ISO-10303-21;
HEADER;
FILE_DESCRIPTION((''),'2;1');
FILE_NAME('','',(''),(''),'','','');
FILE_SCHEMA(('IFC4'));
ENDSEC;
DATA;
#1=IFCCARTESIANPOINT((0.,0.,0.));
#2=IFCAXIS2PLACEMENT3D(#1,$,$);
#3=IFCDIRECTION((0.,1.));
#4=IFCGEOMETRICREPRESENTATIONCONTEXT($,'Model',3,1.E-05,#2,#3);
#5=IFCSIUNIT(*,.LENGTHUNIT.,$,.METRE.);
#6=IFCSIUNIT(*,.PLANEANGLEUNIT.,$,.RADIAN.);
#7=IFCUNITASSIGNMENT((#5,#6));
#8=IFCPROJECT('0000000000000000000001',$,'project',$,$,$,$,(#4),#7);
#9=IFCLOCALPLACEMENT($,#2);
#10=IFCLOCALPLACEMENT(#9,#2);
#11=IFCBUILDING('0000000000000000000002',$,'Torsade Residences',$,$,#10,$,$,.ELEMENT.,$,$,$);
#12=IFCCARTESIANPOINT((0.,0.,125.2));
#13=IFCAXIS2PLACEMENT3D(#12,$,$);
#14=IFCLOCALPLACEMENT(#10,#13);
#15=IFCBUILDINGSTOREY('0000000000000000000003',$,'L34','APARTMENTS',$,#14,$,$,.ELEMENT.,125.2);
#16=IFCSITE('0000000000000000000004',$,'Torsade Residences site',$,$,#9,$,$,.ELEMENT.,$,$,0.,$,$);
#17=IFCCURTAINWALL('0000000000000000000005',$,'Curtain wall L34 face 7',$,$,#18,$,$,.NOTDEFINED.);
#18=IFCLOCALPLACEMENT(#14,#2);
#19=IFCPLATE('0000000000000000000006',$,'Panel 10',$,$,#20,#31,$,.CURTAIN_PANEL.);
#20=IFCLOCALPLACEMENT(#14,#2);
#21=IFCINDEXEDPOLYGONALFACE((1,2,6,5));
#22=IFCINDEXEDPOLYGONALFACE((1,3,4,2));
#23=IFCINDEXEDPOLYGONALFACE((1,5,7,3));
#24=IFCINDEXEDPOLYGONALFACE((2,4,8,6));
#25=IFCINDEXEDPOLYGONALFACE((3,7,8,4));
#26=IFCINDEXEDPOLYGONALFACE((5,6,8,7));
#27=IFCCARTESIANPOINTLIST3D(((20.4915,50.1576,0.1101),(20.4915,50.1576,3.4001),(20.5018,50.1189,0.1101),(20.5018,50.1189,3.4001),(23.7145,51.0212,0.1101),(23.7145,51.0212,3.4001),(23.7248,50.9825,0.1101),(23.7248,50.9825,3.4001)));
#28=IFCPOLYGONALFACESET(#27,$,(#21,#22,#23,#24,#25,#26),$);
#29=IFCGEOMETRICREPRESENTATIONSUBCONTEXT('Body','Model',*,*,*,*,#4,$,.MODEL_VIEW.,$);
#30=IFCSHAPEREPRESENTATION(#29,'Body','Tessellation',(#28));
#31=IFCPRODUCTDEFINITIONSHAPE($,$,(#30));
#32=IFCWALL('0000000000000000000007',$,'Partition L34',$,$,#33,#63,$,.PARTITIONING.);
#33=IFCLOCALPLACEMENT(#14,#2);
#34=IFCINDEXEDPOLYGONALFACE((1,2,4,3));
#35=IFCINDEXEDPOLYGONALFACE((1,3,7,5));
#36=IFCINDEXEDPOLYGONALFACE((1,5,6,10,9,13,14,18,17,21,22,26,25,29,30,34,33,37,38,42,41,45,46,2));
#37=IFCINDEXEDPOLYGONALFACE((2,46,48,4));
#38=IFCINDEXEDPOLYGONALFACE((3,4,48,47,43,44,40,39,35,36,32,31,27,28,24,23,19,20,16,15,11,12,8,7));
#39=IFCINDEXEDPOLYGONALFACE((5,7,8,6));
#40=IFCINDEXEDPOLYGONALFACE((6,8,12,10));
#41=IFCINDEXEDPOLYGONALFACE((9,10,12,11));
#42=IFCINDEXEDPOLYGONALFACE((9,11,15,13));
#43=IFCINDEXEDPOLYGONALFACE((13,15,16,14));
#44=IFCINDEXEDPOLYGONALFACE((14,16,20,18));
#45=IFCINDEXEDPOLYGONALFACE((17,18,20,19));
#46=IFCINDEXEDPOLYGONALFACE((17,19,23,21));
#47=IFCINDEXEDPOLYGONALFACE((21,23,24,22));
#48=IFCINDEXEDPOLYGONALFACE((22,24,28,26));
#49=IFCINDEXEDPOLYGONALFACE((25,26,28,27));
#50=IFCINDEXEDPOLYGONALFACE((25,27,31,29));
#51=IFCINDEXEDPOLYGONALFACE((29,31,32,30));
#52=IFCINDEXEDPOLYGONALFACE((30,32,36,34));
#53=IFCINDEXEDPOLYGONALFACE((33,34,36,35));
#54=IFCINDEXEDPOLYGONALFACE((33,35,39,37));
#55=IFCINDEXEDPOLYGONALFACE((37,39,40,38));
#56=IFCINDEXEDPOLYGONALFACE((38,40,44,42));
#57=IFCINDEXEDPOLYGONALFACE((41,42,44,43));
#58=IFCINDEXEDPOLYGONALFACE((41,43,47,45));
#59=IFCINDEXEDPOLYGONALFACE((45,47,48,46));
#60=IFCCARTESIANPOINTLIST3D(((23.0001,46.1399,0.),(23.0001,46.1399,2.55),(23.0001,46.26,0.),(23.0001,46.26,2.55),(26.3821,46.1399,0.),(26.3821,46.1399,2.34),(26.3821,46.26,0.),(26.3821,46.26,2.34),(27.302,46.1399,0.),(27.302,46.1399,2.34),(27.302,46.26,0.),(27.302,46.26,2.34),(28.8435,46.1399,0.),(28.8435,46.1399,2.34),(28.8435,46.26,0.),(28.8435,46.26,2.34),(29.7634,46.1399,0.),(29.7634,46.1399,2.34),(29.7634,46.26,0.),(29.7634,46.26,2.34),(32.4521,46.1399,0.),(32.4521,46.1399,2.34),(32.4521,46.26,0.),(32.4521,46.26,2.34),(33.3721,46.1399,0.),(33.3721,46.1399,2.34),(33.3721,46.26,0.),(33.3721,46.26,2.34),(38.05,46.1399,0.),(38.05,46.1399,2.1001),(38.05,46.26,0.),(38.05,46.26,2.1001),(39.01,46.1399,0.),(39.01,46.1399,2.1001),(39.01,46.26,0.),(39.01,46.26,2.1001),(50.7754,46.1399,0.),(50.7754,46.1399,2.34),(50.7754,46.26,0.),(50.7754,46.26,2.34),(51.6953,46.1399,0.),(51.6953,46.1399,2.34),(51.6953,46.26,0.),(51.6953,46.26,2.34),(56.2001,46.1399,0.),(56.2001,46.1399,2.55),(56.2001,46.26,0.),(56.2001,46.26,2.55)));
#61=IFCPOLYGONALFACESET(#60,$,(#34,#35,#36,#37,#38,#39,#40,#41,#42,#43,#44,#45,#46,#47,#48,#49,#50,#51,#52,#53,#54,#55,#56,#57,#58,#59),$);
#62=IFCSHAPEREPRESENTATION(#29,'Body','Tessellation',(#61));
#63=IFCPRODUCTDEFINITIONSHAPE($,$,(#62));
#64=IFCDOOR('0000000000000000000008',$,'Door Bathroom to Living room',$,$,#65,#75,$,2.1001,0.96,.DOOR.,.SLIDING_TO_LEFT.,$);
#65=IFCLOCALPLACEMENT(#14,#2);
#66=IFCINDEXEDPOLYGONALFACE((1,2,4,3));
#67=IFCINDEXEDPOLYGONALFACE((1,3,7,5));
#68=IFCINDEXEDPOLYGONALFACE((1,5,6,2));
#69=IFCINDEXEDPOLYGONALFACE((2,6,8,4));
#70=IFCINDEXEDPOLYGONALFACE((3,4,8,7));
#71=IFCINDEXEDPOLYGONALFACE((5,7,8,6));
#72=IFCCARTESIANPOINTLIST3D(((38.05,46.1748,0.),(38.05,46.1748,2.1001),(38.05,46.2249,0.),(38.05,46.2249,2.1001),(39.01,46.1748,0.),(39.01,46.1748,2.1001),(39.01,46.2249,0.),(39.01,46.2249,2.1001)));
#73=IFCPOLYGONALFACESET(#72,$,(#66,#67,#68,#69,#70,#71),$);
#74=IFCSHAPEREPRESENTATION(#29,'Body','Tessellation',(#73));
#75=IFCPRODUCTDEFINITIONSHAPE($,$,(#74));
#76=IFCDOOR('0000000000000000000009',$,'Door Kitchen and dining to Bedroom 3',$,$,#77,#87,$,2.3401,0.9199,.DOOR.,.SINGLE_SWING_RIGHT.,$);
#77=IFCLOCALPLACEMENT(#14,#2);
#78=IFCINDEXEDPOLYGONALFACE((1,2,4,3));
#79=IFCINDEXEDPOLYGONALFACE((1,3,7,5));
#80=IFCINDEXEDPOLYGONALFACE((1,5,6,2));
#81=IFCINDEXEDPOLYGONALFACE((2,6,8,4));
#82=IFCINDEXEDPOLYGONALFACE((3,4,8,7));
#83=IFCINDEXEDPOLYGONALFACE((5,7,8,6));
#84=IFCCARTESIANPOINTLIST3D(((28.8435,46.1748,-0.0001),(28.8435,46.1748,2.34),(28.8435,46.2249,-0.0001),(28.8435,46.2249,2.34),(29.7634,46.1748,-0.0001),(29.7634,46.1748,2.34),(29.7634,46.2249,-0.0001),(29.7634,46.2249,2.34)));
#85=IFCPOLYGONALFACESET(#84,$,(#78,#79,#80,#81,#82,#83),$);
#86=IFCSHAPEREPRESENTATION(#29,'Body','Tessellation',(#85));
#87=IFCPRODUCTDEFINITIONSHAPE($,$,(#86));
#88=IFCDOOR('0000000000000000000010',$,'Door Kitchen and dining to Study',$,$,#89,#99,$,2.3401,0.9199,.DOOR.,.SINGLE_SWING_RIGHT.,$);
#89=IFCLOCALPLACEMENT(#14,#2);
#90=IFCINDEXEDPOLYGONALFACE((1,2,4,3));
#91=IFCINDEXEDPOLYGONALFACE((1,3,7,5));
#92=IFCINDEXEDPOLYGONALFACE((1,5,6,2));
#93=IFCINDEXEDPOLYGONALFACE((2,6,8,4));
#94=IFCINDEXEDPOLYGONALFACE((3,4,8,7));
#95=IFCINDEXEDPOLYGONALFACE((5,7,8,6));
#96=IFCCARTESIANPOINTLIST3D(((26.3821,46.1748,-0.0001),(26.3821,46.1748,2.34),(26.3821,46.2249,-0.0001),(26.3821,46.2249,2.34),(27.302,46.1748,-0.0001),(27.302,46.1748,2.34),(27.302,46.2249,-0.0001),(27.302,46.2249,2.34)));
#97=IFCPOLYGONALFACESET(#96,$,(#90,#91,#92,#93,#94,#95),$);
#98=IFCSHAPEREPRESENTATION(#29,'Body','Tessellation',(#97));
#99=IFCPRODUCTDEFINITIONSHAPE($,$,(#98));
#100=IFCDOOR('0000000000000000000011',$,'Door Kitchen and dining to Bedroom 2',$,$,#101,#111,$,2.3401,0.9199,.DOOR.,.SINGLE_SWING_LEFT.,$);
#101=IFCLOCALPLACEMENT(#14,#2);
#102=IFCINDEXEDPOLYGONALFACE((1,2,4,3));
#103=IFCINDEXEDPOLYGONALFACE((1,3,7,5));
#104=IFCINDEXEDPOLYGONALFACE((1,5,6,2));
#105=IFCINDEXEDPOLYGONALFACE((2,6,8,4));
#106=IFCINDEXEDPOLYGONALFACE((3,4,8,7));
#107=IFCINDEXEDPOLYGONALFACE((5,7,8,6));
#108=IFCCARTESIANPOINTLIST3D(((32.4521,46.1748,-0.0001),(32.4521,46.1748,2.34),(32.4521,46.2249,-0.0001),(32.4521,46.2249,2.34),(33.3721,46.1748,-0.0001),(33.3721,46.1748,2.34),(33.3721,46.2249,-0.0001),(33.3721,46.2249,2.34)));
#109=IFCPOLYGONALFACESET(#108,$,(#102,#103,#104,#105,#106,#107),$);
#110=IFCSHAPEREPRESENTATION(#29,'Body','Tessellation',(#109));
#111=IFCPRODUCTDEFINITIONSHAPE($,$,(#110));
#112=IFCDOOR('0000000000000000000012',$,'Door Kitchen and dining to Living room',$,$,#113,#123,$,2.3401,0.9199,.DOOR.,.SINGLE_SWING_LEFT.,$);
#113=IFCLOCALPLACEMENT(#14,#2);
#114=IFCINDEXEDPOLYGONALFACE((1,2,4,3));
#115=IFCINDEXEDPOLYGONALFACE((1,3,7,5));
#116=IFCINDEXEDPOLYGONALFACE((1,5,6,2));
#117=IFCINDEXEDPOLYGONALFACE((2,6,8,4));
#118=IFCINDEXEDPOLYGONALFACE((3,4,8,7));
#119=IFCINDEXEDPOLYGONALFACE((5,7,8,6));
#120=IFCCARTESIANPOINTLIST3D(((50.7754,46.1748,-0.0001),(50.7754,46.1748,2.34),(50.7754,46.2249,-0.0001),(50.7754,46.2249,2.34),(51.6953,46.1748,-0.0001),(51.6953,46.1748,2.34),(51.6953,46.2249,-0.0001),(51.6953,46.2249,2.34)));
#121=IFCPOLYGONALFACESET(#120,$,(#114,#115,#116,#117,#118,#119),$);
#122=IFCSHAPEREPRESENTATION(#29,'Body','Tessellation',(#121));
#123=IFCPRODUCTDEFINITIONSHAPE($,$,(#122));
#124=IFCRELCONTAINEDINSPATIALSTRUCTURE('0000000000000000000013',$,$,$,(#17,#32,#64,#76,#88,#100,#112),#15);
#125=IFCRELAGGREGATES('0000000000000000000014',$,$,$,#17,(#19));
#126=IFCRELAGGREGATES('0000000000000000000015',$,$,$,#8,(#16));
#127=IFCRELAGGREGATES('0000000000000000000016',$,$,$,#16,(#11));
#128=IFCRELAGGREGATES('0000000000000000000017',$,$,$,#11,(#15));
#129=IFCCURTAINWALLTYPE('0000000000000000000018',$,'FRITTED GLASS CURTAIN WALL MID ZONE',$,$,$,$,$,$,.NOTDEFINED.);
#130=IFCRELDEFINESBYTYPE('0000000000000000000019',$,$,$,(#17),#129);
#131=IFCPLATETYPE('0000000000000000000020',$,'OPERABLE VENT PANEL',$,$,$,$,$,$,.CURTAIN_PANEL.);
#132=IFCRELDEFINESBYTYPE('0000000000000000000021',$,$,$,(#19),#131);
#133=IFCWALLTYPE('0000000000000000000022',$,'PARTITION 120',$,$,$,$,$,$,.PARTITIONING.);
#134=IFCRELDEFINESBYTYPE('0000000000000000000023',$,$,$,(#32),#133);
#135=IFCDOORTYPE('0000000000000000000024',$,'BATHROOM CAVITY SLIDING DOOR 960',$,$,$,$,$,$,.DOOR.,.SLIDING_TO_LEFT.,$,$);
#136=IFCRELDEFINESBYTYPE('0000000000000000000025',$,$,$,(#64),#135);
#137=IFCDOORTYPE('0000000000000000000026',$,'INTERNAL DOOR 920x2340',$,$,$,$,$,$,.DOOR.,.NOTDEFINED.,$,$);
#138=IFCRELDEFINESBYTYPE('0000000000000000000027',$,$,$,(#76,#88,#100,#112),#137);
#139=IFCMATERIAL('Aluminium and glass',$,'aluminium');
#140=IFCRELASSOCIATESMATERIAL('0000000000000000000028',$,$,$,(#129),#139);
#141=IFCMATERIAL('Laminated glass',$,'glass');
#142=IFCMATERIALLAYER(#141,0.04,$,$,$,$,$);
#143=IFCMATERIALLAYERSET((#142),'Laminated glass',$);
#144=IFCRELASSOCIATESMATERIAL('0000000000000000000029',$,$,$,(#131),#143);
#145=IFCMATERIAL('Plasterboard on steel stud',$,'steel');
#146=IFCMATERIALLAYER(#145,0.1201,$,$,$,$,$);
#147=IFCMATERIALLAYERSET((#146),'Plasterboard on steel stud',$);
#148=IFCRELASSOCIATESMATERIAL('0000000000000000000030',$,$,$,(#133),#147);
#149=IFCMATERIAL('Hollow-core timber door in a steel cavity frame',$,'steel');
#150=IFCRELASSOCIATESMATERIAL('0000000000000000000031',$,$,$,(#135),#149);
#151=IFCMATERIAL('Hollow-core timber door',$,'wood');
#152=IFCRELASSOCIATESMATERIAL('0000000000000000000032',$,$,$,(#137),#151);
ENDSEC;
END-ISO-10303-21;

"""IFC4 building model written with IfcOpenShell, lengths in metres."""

from ifc_helpers import new_model, si_unit, direction, frame, frame_2d, origin, origin_2d, place, context, subcontext, project, spatial, rectangle, extrude, material, layer, layer_set, type_object, element, fill, aggregate, save


model = new_model("IFC4")

# Units and contexts
model_context = context("Model", 3, precision=1e-05, world=origin(), true_north=direction((0.0, 1.0)))
body_context = subcontext(model_context, "Body", "Model", "MODEL_VIEW")
ifc_project = project(units=[si_unit("LENGTHUNIT", "METRE"), si_unit("PLANEANGLEUNIT", "RADIAN")], contexts=[model_context])

# Site, building, storey
site_placement = place(None, origin())
site = spatial("IfcSite", under=ifc_project, at=site_placement, Name="Torsade Residences site", CompositionType="ELEMENT", RefElevation=0.0)
building_placement = place(site_placement, origin())
building = spatial("IfcBuilding", under=site, at=building_placement, Name="Torsade Residences", CompositionType="ELEMENT")
storey_placement = place(building_placement, frame((0.0, 0.0, 125.2)))
storey = spatial("IfcBuildingStorey", under=building, at=storey_placement, Name="L34", Description="APARTMENTS", CompositionType="ELEMENT", Elevation=125.2)

# Curtain wall
ifc_material_1 = material(Name="Aluminium and glass", Category="aluminium")
curtain_wall_type = type_object("IfcCurtainWallType", Name="FRITTED GLASS CURTAIN WALL MID ZONE", PredefinedType="NOTDEFINED", material=ifc_material_1)
curtain_wall_placement = place(storey_placement, origin())
curtain_wall = element("IfcCurtainWall", 1, at=curtain_wall_placement, inside=storey, type_object=curtain_wall_type, Name="Curtain wall L34 face 7", PredefinedType="NOTDEFINED")

# Plate
ifc_material_2 = material(Name="Laminated glass", Category="glass")
ifc_layer_1 = layer(ifc_material_2, 0.04)
ifc_layer_set_1 = layer_set([ifc_layer_1], Name="Laminated glass")
plate_type_1 = type_object("IfcPlateType", Name="OPERABLE VENT PANEL", PredefinedType="CURTAIN_PANEL", material=ifc_layer_set_1)
plate_1_placement = place(storey_placement, frame((22.1082, 50.5701, 0.1101), z_axis=(0.0, 0.0, 1.0), x_axis=(-0.965926, -0.258819, 0.0)))
plate_1 = element("IfcPlate", 2, at=plate_1_placement, type_object=plate_type_1, Name="Panel 10", PredefinedType="CURTAIN_PANEL", context=body_context, shape_type="SweptSolid", body=[
    extrude(rectangle(XDim=3.3367, YDim=0.04, at=origin_2d()), origin(), (0.0, 0.0, 1.0), 3.29),
])
aggregate(curtain_wall, [plate_1])

# Wall, openings, doors
ifc_material_3 = material(Name="Plasterboard on steel stud", Category="steel")
ifc_layer_2 = layer(ifc_material_3, 0.1201)
ifc_layer_set_2 = layer_set([ifc_layer_2], Name="Plasterboard on steel stud")
wall_type_1 = type_object("IfcWallType", Name="PARTITION 120", PredefinedType="PARTITIONING", material=ifc_layer_set_2)
wall_1_placement = place(storey_placement, frame((23.0, 46.2, 0.0), z_axis=(0.0, 0.0, 1.0), x_axis=(1.0, 0.0, 0.0)))
wall_1 = element("IfcWall", 3, at=wall_1_placement, inside=storey, type_object=wall_type_1, Name="Partition L34", PredefinedType="PARTITIONING", context=body_context, shape_type="SweptSolid", body=[
    extrude(rectangle(XDim=33.2, YDim=0.1201, at=frame_2d((16.6001, 0.0))), origin(), (0.0, 0.0, 1.0), 2.55),
])
opening_1_placement = place(wall_1_placement, frame((5.8435, 0.0, 0.0)))
opening_1 = element("IfcOpeningElement", 4, at=opening_1_placement, cuts=wall_1, PredefinedType="OPENING", context=body_context, shape_type="SweptSolid", body=[
    extrude(rectangle(XDim=0.9199, YDim=2.3401, at=frame_2d((0.46, 1.1699))), frame((0.0, 0.0701, 0.0), z_axis=(0.0, -1.0, 0.0), x_axis=(1.0, 0.0, 0.0)), (0.0, 0.0, 1.0), 0.1401),
])
opening_2_placement = place(wall_1_placement, frame((3.3821, 0.0, 0.0)))
opening_2 = element("IfcOpeningElement", 5, at=opening_2_placement, cuts=wall_1, PredefinedType="OPENING", context=body_context, shape_type="SweptSolid", body=[
    extrude(rectangle(XDim=0.9199, YDim=2.3401, at=frame_2d((0.46, 1.1699))), frame((0.0, 0.0701, 0.0), z_axis=(0.0, -1.0, 0.0), x_axis=(1.0, 0.0, 0.0)), (0.0, 0.0, 1.0), 0.1401),
])
opening_3_placement = place(wall_1_placement, frame((9.4521, 0.0, 0.0)))
opening_3 = element("IfcOpeningElement", 6, at=opening_3_placement, cuts=wall_1, PredefinedType="OPENING", context=body_context, shape_type="SweptSolid", body=[
    extrude(rectangle(XDim=0.9199, YDim=2.3401, at=frame_2d((0.46, 1.1699))), frame((0.0, 0.0701, 0.0), z_axis=(0.0, -1.0, 0.0), x_axis=(1.0, 0.0, 0.0)), (0.0, 0.0, 1.0), 0.1401),
])
opening_4_placement = place(wall_1_placement, frame((27.7754, 0.0, 0.0)))
opening_4 = element("IfcOpeningElement", 7, at=opening_4_placement, cuts=wall_1, PredefinedType="OPENING", context=body_context, shape_type="SweptSolid", body=[
    extrude(rectangle(XDim=0.9199, YDim=2.3401, at=frame_2d((0.46, 1.1699))), frame((0.0, 0.0701, 0.0), z_axis=(0.0, -1.0, 0.0), x_axis=(1.0, 0.0, 0.0)), (0.0, 0.0, 1.0), 0.1401),
])
opening_5_placement = place(wall_1_placement, frame((15.05, 0.0, 0.0)))
opening_5 = element("IfcOpeningElement", 8, at=opening_5_placement, cuts=wall_1, PredefinedType="OPENING", context=body_context, shape_type="SweptSolid", body=[
    extrude(rectangle(XDim=0.96, YDim=2.1001, at=frame_2d((0.48, 1.05))), frame((0.0, 0.0701, 0.0), z_axis=(0.0, -1.0, 0.0), x_axis=(1.0, 0.0, 0.0)), (0.0, 0.0, 1.0), 0.1401),
])
ifc_material_4 = material(Name="Hollow-core timber door in a steel cavity frame", Category="steel")
door_type_1 = type_object("IfcDoorType", Name="BATHROOM CAVITY SLIDING DOOR 960", OperationType="SLIDING_TO_LEFT", PredefinedType="DOOR", material=ifc_material_4)
door_1_placement = place(opening_5_placement, origin())
door_1 = element("IfcDoor", 9, at=door_1_placement, inside=storey, type_object=door_type_1, Name="Door Bathroom to Living room", OperationType="SLIDING_TO_LEFT", OverallHeight=2.1001, OverallWidth=0.96, PredefinedType="DOOR", context=body_context, shape_type="SweptSolid", body=[
    extrude(rectangle(XDim=0.96, YDim=2.1001, at=frame_2d((0.48, 1.05))), frame((0.0, 0.0249, 0.0), z_axis=(0.0, -1.0, 0.0), x_axis=(1.0, 0.0, 0.0)), (0.0, 0.0, 1.0), 0.05),
])
fill(opening_5, door_1)
ifc_material_5 = material(Name="Hollow-core timber door", Category="wood")
door_type_2 = type_object("IfcDoorType", Name="INTERNAL DOOR 920x2340", OperationType="NOTDEFINED", PredefinedType="DOOR", material=ifc_material_5)
door_2_placement = place(opening_1_placement, origin())
door_2 = element("IfcDoor", 10, at=door_2_placement, inside=storey, type_object=door_type_2, Name="Door Kitchen and dining to Bedroom 3", OperationType="SINGLE_SWING_RIGHT", OverallHeight=2.3401, OverallWidth=0.9199, PredefinedType="DOOR", context=body_context, shape_type="SweptSolid", body=[
    extrude(rectangle(XDim=0.9199, YDim=2.3401, at=frame_2d((0.46, 1.1699))), frame((0.0, 0.0249, 0.0), z_axis=(0.0, -1.0, 0.0), x_axis=(1.0, 0.0, 0.0)), (0.0, 0.0, 1.0), 0.05),
])
fill(opening_1, door_2)
door_3_placement = place(opening_2_placement, origin())
door_3 = element("IfcDoor", 11, at=door_3_placement, inside=storey, type_object=door_type_2, Name="Door Kitchen and dining to Study", OperationType="SINGLE_SWING_RIGHT", OverallHeight=2.3401, OverallWidth=0.9199, PredefinedType="DOOR", context=body_context, shape_type="SweptSolid", body=[
    extrude(rectangle(XDim=0.9199, YDim=2.3401, at=frame_2d((0.46, 1.1699))), frame((0.0, 0.0249, 0.0), z_axis=(0.0, -1.0, 0.0), x_axis=(1.0, 0.0, 0.0)), (0.0, 0.0, 1.0), 0.05),
])
fill(opening_2, door_3)
door_4_placement = place(opening_3_placement, origin())
door_4 = element("IfcDoor", 12, at=door_4_placement, inside=storey, type_object=door_type_2, Name="Door Kitchen and dining to Bedroom 2", OperationType="SINGLE_SWING_LEFT", OverallHeight=2.3401, OverallWidth=0.9199, PredefinedType="DOOR", context=body_context, shape_type="SweptSolid", body=[
    extrude(rectangle(XDim=0.9199, YDim=2.3401, at=frame_2d((0.46, 1.1699))), frame((0.0, 0.0249, 0.0), z_axis=(0.0, -1.0, 0.0), x_axis=(1.0, 0.0, 0.0)), (0.0, 0.0, 1.0), 0.05),
])
fill(opening_3, door_4)
door_5_placement = place(opening_4_placement, origin())
door_5 = element("IfcDoor", 13, at=door_5_placement, inside=storey, type_object=door_type_2, Name="Door Kitchen and dining to Living room", OperationType="SINGLE_SWING_LEFT", OverallHeight=2.3401, OverallWidth=0.9199, PredefinedType="DOOR", context=body_context, shape_type="SweptSolid", body=[
    extrude(rectangle(XDim=0.9199, YDim=2.3401, at=frame_2d((0.46, 1.1699))), frame((0.0, 0.0249, 0.0), z_axis=(0.0, -1.0, 0.0), x_axis=(1.0, 0.0, 0.0)), (0.0, 0.0, 1.0), 0.05),
])
fill(opening_4, door_5)

save(model, "model.ifc")
